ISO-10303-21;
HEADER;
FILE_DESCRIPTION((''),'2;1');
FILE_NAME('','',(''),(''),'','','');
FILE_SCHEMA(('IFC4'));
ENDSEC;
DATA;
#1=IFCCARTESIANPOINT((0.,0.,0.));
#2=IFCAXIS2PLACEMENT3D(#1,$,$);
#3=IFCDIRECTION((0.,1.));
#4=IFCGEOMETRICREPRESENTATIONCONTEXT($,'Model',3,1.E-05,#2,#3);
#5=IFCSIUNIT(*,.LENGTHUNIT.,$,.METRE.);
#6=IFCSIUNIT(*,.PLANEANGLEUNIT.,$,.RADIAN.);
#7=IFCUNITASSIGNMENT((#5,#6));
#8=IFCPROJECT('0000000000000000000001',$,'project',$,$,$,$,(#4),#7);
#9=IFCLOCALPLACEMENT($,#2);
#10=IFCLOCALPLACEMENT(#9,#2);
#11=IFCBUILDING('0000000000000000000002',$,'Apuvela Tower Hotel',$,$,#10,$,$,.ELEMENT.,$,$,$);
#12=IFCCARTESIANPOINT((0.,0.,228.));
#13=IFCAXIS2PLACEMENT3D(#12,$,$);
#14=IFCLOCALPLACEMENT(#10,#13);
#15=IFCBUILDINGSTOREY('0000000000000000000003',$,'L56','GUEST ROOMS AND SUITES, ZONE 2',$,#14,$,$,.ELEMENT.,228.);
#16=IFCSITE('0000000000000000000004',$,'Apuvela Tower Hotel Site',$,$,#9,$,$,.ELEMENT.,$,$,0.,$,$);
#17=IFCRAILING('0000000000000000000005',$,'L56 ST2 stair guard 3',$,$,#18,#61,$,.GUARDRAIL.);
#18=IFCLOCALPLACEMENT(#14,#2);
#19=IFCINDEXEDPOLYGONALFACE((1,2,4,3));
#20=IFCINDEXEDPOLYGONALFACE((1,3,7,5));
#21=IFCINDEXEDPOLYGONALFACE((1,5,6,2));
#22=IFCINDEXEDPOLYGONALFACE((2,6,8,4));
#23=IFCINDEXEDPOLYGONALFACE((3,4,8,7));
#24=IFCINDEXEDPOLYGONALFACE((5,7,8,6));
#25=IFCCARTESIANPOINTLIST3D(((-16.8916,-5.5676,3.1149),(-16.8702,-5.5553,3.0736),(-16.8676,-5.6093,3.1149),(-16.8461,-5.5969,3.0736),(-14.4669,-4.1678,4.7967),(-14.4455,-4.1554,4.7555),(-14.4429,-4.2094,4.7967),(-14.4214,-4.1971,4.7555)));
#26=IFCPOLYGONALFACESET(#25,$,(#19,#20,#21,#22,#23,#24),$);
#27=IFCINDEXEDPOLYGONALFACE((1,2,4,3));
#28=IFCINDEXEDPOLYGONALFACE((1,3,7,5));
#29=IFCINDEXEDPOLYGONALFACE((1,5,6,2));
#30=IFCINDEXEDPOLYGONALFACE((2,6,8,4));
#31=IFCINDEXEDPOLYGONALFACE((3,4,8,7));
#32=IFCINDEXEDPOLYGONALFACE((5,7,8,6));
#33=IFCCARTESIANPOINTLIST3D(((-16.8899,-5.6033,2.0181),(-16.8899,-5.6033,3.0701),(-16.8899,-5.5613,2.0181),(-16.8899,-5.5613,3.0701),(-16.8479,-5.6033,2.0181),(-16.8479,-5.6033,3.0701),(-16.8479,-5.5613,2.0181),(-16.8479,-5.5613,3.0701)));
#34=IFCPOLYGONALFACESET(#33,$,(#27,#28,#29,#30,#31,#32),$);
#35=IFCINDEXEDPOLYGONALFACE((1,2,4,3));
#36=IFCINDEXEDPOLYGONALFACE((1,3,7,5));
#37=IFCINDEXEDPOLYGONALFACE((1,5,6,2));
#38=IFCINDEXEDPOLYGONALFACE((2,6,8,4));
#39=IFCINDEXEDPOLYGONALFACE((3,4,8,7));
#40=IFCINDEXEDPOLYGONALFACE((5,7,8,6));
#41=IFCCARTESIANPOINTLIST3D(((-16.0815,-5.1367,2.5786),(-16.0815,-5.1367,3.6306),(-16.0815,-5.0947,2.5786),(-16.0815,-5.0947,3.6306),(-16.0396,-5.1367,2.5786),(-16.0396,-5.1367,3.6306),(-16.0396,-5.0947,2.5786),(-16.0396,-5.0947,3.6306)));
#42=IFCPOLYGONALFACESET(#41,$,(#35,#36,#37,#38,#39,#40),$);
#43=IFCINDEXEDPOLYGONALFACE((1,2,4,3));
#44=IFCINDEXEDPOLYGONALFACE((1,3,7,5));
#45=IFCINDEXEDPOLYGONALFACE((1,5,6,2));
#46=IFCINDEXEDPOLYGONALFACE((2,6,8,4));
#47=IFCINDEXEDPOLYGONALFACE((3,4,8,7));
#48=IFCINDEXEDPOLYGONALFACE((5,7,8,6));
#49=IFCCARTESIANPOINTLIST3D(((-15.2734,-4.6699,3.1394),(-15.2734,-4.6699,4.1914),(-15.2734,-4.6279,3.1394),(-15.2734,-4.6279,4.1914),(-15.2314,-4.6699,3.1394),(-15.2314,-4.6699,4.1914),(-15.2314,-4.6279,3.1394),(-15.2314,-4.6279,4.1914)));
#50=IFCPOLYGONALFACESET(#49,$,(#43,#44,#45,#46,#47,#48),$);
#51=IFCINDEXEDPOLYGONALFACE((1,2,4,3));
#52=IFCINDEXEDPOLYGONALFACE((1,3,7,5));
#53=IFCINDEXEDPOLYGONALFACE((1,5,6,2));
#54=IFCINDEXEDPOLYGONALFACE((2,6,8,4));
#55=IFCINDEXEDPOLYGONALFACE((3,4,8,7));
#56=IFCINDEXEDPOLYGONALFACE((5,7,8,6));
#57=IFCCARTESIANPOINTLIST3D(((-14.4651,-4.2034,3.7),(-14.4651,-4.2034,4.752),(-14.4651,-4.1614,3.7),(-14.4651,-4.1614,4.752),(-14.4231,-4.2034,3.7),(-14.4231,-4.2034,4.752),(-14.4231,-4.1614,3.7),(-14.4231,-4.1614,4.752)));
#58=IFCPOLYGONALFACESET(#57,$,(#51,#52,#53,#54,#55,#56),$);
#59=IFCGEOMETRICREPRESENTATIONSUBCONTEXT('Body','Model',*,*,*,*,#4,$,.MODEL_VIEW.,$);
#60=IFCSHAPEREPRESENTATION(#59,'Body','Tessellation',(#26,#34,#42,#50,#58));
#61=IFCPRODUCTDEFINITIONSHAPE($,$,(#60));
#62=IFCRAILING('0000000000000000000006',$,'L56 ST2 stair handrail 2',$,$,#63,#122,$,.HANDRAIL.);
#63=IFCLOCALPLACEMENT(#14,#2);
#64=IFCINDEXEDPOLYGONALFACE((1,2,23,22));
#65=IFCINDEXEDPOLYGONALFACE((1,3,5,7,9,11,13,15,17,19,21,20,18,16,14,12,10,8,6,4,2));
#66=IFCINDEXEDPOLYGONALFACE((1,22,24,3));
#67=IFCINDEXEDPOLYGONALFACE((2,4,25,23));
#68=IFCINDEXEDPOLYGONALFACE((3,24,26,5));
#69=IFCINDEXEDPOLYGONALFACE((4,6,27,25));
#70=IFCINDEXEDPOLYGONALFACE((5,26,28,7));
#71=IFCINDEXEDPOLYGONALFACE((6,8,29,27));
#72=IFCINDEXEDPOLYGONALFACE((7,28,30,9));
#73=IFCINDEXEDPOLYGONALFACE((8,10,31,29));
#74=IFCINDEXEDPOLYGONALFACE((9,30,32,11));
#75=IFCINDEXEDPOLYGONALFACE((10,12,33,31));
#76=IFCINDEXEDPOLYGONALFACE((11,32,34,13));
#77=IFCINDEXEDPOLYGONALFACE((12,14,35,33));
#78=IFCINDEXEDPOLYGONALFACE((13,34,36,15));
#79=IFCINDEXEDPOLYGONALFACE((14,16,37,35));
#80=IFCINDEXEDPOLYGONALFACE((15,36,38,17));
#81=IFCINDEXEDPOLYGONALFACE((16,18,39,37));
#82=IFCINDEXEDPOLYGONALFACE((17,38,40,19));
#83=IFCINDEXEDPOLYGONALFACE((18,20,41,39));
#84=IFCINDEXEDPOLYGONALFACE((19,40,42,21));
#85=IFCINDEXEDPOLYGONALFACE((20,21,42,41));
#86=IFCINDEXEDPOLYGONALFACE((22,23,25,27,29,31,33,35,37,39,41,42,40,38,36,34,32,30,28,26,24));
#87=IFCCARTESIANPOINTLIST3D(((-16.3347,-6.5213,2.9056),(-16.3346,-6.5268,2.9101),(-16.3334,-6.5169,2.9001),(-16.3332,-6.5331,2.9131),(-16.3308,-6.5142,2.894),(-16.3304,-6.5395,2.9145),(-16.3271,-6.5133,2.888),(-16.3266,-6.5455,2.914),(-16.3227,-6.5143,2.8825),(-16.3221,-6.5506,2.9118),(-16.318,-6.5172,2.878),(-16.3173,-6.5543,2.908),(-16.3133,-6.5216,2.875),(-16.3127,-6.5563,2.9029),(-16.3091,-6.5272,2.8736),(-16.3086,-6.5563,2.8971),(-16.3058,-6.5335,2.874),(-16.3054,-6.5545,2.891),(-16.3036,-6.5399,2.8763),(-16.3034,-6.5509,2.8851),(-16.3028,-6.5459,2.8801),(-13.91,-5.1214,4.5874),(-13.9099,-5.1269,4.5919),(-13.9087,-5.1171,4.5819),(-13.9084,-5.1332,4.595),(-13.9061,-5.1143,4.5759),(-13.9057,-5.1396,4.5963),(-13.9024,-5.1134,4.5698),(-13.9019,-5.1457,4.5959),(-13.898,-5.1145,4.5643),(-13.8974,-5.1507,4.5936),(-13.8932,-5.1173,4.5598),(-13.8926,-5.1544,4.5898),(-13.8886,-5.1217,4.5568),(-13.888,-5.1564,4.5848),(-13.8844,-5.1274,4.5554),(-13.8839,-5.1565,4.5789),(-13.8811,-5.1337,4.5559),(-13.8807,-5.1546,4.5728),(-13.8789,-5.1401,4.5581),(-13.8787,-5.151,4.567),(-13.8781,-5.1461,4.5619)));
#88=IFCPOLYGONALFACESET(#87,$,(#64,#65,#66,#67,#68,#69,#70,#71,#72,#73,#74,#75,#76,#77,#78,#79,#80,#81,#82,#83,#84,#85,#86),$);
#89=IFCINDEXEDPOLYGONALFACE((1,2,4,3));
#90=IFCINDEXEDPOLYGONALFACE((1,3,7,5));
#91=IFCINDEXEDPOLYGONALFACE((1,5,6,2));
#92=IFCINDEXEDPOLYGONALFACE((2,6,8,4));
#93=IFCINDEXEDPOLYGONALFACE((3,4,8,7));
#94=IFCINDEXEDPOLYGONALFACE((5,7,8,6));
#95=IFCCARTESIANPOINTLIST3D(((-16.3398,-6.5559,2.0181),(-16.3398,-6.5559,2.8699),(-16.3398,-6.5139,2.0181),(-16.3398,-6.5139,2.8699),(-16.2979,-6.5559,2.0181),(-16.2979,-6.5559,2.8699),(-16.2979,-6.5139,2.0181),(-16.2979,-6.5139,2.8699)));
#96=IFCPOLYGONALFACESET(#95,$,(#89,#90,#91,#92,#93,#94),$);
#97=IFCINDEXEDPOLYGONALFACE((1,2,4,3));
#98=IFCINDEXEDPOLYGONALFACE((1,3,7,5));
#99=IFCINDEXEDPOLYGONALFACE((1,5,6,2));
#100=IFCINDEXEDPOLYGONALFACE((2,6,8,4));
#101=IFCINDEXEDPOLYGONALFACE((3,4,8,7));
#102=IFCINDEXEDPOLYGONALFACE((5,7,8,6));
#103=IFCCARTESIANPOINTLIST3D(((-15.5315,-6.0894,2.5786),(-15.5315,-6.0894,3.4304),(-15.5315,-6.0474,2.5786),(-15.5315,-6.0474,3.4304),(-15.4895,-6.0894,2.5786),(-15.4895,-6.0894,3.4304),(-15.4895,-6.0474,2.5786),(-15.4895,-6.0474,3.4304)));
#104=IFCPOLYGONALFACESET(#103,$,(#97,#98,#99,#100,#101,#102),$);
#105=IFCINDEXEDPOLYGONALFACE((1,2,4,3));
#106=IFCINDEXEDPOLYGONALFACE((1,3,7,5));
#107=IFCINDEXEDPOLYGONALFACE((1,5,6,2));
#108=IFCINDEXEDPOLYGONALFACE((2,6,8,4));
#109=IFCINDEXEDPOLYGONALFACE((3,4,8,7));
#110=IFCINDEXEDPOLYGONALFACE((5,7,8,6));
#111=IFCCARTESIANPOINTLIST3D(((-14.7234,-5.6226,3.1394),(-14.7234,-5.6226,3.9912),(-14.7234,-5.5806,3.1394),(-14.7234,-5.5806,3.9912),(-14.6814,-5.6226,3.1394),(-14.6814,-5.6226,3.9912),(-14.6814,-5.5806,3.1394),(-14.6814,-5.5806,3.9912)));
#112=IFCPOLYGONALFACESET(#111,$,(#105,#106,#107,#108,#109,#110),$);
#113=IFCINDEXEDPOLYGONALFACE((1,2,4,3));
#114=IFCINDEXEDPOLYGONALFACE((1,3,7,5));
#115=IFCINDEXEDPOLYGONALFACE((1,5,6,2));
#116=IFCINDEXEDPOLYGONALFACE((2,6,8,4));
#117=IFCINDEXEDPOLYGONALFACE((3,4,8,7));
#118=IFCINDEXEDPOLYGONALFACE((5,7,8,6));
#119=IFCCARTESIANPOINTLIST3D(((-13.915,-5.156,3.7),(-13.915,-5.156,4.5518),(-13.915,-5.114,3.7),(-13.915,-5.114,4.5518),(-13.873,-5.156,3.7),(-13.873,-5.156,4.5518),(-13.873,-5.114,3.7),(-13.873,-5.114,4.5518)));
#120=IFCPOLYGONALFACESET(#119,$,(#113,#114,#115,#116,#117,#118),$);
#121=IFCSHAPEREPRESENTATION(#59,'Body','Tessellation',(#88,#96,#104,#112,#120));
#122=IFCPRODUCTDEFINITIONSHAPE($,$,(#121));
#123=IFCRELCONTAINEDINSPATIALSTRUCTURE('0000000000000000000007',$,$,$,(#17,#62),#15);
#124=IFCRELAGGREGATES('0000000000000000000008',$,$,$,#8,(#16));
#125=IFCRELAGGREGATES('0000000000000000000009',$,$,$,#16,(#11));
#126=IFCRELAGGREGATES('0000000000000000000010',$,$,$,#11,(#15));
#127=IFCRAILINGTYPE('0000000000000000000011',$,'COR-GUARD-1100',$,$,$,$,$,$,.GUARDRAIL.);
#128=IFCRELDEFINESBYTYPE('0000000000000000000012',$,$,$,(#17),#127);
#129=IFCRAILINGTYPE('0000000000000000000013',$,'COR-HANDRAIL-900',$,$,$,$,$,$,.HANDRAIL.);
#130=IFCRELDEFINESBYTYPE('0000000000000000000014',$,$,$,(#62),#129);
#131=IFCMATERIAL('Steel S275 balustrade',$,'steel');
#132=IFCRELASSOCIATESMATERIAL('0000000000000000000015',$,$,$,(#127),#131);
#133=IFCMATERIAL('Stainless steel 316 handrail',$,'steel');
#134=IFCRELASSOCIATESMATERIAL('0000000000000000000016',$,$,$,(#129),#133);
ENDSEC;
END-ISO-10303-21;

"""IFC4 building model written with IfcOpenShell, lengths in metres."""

from ifc_helpers import new_model, si_unit, direction, frame, origin, origin_2d, place, context, subcontext, project, spatial, rectangle, circle, extrude, material, type_object, element, save


model = new_model("IFC4")

# Units and contexts
model_context = context("Model", 3, precision=1e-05, world=origin(), true_north=direction((0.0, 1.0)))
body_context = subcontext(model_context, "Body", "Model", "MODEL_VIEW")
ifc_project = project(units=[si_unit("LENGTHUNIT", "METRE"), si_unit("PLANEANGLEUNIT", "RADIAN")], contexts=[model_context])

# Site, building, storey
site_placement = place(None, origin())
site = spatial("IfcSite", under=ifc_project, at=site_placement, Name="Apuvela Tower Hotel Site", CompositionType="ELEMENT", RefElevation=0.0)
building_placement = place(site_placement, origin())
building = spatial("IfcBuilding", under=site, at=building_placement, Name="Apuvela Tower Hotel", CompositionType="ELEMENT")
storey_placement = place(building_placement, frame((0.0, 0.0, 228.0)))
storey = spatial("IfcBuildingStorey", under=building, at=storey_placement, Name="L56", Description="GUEST ROOMS AND SUITES, ZONE 2", CompositionType="ELEMENT", Elevation=228.0)

# Railings
ifc_material_1 = material(Name="Steel S275 balustrade", Category="steel")
railing_type_1 = type_object("IfcRailingType", Name="COR-GUARD-1100", PredefinedType="GUARDRAIL", material=ifc_material_1)
railing_1_placement = place(storey_placement, frame((-16.8689, -5.5823, 2.0181)))
element("IfcRailing", 1, at=railing_1_placement, inside=storey, type_object=railing_type_1, Name="L56 ST2 stair guard 3", PredefinedType="GUARDRAIL", context=body_context, shape_type="SweptSolid", body=[
    extrude(rectangle(XDim=0.0481, YDim=0.0481, at=origin_2d()), frame((0.0, 0.0, 1.0762), z_axis=(0.74239, 0.428601, 0.514934), x_axis=(-0.499984, 0.866035, 0.0)), (0.0, 0.0, 1.0), 3.2661),
    extrude(rectangle(XDim=0.042, YDim=0.042, at=origin_2d()), origin(), (0.0, 0.0, 1.0), 1.052),
    extrude(rectangle(XDim=0.042, YDim=0.042, at=origin_2d()), frame((0.8083, 0.4666, 0.5605)), (0.0, 0.0, 1.0), 1.052),
    extrude(rectangle(XDim=0.042, YDim=0.042, at=origin_2d()), frame((1.6165, 0.9333, 1.1213)), (0.0, 0.0, 1.0), 1.052),
    extrude(rectangle(XDim=0.042, YDim=0.042, at=origin_2d()), frame((2.4248, 1.3999, 1.6819)), (0.0, 0.0, 1.0), 1.052),
])
ifc_material_2 = material(Name="Stainless steel 316 handrail", Category="steel")
railing_type_2 = type_object("IfcRailingType", Name="COR-HANDRAIL-900", PredefinedType="HANDRAIL", material=ifc_material_2)
railing_2_placement = place(storey_placement, frame((-16.3188, -6.5349, 2.0181)))
element("IfcRailing", 2, at=railing_2_placement, inside=storey, type_object=railing_type_2, Name="L56 ST2 stair handrail 2", PredefinedType="HANDRAIL", context=body_context, shape_type="SweptSolid", body=[
    extrude(circle(Radius=0.0239, at=origin_2d()), frame((0.0, 0.0, 0.876), z_axis=(0.74239, 0.428601, 0.514934), x_axis=(-0.499984, 0.866035, 0.0)), (0.0, 0.0, 1.0), 3.2661),
    extrude(rectangle(XDim=0.042, YDim=0.042, at=origin_2d()), origin(), (0.0, 0.0, 1.0), 0.8518),
    extrude(rectangle(XDim=0.042, YDim=0.042, at=origin_2d()), frame((0.8083, 0.4666, 0.5605)), (0.0, 0.0, 1.0), 0.8518),
    extrude(rectangle(XDim=0.042, YDim=0.042, at=origin_2d()), frame((1.6165, 0.9333, 1.1213)), (0.0, 0.0, 1.0), 0.8518),
    extrude(rectangle(XDim=0.042, YDim=0.042, at=origin_2d()), frame((2.4248, 1.3999, 1.6819)), (0.0, 0.0, 1.0), 0.8518),
])

save(model, "model.ifc")
